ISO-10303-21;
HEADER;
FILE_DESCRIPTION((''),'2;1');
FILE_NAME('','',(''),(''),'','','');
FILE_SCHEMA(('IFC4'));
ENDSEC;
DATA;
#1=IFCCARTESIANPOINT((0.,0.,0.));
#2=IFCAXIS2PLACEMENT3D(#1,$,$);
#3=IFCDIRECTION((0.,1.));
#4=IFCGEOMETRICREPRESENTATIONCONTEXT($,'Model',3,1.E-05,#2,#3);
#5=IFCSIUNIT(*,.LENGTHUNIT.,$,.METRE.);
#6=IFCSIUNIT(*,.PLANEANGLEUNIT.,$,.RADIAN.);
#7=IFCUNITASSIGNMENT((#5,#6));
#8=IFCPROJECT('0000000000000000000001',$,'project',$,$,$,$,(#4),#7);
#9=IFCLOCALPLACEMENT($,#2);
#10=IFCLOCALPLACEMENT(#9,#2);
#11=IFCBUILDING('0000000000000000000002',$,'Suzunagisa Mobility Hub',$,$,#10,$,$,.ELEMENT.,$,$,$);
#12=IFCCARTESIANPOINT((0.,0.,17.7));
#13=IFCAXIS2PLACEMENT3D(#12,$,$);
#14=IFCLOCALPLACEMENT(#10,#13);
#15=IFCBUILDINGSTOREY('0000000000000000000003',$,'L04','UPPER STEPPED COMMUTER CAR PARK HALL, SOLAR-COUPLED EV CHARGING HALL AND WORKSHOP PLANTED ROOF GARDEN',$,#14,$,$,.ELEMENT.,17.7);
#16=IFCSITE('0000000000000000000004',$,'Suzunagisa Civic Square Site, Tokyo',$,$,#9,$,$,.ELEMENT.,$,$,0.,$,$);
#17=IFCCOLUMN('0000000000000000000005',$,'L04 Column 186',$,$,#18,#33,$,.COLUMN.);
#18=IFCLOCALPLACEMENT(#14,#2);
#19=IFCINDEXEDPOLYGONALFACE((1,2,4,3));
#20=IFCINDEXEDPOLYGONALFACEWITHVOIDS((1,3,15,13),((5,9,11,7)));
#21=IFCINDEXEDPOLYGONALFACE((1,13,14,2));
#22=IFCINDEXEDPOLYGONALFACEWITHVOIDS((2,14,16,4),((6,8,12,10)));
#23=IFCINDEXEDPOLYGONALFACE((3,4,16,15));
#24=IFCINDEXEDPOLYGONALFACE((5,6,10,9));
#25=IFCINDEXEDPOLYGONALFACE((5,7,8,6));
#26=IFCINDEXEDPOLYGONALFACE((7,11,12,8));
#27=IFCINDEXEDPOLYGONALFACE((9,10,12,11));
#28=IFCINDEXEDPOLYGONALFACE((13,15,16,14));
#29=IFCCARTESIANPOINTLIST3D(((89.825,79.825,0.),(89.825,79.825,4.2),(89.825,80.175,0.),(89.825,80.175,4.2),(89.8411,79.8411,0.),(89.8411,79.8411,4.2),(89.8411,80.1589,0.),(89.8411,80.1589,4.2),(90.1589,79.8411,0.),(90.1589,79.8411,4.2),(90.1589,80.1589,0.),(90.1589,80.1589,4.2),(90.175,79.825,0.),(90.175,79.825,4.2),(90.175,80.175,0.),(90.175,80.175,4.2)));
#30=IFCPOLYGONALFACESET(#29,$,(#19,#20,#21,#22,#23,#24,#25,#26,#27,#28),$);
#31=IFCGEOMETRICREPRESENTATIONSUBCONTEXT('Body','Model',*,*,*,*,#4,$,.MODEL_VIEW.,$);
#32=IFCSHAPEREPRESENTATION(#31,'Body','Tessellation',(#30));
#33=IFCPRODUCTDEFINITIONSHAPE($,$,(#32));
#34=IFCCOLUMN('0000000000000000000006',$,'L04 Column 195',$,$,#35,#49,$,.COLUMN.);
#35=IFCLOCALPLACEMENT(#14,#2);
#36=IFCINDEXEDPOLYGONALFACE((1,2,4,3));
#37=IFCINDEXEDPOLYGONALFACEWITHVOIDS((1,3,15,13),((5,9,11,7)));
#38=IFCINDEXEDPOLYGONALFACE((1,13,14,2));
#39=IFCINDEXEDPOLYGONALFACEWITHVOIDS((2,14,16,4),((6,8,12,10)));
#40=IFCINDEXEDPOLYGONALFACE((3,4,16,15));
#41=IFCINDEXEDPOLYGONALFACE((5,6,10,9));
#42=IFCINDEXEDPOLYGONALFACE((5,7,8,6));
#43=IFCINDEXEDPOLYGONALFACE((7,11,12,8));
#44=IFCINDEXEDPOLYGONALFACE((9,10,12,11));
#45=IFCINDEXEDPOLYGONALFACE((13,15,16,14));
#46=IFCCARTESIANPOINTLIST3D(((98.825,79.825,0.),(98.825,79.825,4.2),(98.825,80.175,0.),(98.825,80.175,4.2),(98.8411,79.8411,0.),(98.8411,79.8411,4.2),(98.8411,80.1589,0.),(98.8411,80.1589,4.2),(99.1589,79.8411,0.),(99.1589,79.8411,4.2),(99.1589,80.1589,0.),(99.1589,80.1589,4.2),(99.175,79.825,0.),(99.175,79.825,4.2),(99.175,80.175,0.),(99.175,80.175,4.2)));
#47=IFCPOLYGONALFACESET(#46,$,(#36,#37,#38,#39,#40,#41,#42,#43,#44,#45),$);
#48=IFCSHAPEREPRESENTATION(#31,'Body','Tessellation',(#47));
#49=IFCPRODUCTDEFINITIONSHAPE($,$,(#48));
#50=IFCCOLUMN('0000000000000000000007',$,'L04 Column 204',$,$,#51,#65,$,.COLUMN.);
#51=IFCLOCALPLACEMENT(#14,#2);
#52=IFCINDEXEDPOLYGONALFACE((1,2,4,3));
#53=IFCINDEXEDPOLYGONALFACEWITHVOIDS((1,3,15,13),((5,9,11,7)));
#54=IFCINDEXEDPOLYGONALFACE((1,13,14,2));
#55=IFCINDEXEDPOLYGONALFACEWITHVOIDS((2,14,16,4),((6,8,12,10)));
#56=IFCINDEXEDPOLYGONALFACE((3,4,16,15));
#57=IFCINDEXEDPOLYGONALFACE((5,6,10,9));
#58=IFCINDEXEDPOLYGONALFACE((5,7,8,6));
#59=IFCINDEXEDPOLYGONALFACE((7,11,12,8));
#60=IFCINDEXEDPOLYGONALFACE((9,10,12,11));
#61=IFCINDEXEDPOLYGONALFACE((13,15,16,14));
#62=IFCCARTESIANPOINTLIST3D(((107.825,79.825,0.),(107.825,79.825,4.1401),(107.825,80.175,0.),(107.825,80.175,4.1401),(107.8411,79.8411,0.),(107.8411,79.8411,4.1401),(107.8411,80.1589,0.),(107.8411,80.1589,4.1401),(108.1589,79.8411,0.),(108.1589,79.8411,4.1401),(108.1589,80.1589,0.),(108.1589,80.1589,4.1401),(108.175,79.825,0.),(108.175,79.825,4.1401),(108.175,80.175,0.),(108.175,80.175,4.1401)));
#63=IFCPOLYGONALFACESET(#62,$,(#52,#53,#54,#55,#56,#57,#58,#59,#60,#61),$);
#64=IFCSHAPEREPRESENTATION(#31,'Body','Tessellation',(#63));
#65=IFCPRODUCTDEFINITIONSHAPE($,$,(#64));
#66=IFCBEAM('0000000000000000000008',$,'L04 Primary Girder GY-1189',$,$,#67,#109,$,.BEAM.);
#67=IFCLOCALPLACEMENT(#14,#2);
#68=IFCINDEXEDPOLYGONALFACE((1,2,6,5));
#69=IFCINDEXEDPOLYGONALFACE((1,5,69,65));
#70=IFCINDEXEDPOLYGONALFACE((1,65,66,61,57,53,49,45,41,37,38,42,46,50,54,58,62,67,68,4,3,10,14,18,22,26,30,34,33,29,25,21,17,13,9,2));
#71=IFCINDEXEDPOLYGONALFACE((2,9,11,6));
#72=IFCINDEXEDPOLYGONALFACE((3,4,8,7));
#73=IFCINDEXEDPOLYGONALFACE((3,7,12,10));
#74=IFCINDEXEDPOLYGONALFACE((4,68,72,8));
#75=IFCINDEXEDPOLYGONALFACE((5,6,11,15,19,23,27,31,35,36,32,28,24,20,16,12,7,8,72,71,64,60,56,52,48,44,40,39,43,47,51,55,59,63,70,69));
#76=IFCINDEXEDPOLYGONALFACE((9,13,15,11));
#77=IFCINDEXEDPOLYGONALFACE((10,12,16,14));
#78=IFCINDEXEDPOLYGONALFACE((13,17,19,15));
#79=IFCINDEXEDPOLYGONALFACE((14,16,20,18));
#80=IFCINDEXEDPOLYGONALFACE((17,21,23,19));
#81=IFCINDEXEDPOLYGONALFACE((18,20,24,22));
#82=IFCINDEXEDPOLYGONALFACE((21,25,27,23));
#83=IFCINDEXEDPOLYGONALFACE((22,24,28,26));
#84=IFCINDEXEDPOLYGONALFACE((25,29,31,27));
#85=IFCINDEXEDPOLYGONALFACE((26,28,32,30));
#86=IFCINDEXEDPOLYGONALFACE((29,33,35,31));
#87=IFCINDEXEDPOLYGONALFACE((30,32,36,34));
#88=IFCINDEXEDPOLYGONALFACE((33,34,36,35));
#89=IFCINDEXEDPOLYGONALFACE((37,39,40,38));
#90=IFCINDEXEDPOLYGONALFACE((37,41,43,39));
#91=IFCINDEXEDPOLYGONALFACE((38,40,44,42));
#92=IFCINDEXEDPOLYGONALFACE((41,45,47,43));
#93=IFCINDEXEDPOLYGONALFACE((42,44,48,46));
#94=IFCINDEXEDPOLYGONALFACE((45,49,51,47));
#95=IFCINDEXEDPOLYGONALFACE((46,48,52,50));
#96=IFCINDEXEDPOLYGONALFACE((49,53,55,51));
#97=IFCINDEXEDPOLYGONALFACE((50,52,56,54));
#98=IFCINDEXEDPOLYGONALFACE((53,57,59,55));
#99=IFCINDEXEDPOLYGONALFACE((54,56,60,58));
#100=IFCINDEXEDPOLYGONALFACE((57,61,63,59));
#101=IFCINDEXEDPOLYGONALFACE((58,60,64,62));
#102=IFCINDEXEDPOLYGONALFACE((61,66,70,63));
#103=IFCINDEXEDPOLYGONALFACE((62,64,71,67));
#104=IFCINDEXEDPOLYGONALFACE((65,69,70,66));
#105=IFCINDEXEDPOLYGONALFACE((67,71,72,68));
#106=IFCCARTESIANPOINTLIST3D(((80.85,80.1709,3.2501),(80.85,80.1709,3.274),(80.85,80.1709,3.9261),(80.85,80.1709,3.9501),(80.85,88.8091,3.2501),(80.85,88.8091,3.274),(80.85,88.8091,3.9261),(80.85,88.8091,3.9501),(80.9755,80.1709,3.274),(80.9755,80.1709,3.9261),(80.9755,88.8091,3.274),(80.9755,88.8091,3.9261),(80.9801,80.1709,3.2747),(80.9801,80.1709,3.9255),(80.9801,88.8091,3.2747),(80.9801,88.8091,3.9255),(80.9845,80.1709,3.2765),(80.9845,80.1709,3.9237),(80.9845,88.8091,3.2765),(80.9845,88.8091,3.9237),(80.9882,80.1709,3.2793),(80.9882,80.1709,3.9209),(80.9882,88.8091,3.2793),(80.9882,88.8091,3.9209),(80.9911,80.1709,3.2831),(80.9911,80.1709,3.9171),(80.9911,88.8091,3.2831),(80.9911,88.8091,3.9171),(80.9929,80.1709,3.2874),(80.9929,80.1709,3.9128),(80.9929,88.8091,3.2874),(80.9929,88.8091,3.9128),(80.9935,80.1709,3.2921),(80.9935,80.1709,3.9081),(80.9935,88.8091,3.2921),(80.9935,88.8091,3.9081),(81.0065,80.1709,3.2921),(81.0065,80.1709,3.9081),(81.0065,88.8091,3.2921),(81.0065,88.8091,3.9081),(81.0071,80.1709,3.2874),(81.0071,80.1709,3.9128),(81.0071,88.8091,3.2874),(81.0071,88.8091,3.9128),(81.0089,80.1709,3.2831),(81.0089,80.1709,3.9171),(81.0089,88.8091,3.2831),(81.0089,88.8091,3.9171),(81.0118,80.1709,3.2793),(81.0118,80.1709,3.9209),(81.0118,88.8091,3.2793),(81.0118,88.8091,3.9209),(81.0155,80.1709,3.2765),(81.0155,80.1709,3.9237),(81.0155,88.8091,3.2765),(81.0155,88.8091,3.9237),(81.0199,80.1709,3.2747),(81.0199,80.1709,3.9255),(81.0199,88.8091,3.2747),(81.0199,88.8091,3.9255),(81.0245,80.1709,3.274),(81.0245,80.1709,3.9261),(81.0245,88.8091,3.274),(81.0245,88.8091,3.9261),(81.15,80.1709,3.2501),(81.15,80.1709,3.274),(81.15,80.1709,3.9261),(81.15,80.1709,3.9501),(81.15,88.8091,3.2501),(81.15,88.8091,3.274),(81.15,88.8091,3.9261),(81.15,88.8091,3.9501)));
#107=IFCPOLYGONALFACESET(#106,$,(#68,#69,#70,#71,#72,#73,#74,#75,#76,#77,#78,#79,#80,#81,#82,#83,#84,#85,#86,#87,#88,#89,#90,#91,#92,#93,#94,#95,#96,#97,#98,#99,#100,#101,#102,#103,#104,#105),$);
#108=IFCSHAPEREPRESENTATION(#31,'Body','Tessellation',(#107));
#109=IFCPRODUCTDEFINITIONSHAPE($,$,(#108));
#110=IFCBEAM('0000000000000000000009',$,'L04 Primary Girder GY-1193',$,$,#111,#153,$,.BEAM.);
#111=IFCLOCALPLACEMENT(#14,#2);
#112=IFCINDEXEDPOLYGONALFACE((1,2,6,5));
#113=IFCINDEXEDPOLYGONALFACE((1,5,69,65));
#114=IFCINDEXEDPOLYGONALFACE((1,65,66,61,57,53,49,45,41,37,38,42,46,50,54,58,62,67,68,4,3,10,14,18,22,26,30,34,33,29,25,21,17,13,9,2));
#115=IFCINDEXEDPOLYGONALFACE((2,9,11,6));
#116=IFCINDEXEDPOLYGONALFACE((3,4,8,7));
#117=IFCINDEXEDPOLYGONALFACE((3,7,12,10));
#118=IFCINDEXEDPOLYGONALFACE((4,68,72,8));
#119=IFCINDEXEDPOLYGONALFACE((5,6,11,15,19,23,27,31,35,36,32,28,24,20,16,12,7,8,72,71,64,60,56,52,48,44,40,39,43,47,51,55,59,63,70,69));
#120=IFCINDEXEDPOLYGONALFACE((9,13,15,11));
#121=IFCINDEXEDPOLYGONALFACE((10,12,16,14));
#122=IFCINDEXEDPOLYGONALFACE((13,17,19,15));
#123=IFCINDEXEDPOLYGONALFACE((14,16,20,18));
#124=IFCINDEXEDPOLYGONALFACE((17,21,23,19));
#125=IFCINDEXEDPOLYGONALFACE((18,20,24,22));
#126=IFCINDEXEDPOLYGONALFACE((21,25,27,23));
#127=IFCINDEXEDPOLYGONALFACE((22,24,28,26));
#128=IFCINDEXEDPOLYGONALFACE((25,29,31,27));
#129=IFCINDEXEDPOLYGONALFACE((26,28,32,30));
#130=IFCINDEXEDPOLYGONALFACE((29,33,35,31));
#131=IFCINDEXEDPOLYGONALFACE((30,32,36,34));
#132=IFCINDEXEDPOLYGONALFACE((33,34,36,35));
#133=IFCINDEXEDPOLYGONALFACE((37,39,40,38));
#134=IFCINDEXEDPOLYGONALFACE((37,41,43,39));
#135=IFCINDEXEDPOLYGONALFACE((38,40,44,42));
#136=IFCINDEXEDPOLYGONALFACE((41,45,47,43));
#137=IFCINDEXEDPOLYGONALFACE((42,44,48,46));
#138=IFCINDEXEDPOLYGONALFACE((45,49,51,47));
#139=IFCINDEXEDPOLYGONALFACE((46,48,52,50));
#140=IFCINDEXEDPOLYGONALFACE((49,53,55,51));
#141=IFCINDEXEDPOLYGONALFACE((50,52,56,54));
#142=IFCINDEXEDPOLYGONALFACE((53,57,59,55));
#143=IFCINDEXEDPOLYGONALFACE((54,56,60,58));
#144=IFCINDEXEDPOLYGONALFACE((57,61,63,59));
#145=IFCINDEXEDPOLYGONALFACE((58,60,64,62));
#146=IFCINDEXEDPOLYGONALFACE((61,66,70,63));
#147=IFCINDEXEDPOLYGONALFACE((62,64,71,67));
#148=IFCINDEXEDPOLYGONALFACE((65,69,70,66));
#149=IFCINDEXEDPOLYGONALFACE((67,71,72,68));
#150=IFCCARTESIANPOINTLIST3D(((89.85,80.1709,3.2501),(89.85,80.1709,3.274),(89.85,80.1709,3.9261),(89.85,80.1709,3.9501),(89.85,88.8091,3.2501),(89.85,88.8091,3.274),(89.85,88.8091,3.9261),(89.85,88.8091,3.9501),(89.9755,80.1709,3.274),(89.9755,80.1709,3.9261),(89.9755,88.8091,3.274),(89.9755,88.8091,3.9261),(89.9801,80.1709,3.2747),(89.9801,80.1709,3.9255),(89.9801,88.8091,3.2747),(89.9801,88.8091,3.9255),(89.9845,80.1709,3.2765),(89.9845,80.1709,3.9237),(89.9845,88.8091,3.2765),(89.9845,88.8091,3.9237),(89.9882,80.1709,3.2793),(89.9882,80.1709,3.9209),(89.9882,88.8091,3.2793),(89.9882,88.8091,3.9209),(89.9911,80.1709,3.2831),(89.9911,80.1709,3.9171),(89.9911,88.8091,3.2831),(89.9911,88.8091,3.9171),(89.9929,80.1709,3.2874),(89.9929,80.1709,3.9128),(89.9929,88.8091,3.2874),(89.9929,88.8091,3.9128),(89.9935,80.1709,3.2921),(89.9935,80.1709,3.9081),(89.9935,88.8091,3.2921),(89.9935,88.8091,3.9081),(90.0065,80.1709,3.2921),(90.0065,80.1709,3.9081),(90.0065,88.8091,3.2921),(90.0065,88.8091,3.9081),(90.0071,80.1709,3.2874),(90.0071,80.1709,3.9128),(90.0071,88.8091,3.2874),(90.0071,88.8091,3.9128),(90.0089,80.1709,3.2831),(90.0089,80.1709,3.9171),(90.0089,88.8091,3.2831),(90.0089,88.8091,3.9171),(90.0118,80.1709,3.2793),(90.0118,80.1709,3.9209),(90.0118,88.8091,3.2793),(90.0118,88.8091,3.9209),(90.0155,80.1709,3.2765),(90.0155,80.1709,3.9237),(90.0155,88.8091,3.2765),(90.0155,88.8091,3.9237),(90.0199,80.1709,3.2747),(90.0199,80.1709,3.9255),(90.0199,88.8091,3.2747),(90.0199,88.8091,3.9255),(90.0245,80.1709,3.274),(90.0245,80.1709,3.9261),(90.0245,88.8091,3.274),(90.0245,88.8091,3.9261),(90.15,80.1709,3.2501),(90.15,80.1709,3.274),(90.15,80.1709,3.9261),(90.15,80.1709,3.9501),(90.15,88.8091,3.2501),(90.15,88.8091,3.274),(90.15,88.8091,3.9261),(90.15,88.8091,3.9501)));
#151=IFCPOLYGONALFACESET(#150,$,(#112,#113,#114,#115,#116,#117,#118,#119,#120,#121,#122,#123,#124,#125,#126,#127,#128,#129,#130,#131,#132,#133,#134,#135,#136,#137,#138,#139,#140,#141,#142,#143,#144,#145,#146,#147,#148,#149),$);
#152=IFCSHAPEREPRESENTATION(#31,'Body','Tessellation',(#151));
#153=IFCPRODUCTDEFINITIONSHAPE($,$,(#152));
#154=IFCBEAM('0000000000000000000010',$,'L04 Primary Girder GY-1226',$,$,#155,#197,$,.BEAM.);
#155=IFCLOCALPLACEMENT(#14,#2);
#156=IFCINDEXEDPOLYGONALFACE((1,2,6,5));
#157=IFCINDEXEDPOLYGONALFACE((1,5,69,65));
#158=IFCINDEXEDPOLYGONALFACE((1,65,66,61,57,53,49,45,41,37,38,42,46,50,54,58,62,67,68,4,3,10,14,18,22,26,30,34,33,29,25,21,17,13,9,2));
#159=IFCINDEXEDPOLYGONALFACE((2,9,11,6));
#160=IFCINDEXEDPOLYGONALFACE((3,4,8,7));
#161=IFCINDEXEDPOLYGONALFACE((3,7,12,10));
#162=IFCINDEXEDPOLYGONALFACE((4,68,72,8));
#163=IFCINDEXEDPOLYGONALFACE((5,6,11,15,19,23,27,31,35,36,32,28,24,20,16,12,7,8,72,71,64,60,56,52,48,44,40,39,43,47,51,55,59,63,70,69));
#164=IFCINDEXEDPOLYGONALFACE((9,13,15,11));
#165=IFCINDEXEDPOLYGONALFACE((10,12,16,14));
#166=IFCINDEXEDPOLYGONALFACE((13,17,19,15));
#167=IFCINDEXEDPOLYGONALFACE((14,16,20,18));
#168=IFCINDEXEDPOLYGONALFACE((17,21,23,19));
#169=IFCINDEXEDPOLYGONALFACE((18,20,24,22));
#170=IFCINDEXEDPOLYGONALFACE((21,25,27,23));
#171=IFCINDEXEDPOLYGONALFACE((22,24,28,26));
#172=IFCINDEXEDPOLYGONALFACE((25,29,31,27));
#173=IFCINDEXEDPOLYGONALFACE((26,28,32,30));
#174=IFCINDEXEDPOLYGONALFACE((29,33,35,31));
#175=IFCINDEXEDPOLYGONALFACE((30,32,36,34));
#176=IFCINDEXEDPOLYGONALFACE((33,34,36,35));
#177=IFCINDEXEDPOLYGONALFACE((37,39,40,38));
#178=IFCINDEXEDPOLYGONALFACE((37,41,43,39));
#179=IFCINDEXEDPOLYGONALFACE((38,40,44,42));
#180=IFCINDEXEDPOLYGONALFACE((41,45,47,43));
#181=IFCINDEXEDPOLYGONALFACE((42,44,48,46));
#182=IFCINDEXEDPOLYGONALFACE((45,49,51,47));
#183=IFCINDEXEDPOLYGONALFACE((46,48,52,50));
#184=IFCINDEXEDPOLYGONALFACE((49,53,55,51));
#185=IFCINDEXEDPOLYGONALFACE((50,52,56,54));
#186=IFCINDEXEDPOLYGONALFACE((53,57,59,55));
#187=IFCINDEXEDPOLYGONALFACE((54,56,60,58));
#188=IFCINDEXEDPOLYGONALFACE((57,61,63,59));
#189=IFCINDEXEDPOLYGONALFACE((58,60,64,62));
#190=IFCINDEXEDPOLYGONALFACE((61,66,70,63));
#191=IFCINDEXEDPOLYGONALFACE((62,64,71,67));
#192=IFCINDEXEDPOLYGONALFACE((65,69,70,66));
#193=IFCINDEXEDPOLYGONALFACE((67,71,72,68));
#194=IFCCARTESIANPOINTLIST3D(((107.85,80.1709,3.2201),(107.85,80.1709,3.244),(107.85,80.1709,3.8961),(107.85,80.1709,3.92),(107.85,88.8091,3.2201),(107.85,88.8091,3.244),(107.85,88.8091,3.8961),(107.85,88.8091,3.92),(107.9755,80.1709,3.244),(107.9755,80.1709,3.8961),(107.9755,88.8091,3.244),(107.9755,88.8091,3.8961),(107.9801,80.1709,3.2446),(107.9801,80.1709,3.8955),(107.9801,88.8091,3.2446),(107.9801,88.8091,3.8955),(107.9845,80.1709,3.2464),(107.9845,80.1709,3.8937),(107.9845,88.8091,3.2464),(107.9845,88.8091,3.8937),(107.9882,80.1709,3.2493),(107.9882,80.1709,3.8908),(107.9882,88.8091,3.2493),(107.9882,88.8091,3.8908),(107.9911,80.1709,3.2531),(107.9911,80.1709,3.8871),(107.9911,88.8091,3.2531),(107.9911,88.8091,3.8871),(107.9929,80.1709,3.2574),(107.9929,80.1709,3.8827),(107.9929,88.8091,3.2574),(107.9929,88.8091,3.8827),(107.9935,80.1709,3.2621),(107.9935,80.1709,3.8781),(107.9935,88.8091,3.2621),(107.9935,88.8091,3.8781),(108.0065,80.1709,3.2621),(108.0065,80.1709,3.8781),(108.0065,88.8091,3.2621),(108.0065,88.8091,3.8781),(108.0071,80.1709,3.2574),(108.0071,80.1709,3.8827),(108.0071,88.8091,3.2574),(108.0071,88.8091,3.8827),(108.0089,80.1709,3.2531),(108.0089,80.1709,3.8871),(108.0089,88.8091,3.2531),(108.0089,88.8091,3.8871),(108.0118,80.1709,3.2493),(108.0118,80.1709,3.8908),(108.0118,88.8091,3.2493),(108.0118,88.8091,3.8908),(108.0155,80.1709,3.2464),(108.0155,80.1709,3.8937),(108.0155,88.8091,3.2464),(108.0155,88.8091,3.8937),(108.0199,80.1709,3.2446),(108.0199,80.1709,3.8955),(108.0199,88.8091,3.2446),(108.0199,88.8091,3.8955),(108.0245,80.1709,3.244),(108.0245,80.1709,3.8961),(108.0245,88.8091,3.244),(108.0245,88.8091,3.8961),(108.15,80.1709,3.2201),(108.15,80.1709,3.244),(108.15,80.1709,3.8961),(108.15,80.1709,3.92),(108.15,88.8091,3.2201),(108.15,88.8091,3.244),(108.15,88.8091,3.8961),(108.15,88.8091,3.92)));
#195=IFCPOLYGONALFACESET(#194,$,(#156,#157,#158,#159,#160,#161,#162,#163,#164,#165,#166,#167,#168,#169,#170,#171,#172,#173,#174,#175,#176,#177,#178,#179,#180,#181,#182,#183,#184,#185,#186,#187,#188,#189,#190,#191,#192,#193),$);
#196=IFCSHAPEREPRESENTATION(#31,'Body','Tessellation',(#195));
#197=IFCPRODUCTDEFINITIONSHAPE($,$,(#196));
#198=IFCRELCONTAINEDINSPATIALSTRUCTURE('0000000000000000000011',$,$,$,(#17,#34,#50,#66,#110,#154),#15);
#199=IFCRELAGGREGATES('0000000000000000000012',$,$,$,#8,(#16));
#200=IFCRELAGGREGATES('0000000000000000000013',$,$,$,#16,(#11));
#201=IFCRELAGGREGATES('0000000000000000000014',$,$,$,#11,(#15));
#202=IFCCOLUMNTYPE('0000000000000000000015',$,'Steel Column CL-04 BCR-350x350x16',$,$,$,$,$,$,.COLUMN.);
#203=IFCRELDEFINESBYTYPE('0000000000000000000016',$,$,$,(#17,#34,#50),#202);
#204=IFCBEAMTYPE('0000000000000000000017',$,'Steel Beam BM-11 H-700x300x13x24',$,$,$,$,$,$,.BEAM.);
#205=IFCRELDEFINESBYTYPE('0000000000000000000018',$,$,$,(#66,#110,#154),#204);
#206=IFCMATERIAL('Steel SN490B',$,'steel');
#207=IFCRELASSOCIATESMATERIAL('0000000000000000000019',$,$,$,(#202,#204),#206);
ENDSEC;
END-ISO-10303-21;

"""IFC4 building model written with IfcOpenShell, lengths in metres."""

from ifc_helpers import new_model, si_unit, direction, frame, origin, origin_2d, place, context, subcontext, project, spatial, hollow_rectangle, i_section, extrude, material, material_profile, profile_set, type_object, element, save


model = new_model("IFC4")

# Units and contexts
model_context = context("Model", 3, precision=1e-05, world=origin(), true_north=direction((0.0, 1.0)))
body_context = subcontext(model_context, "Body", "Model", "MODEL_VIEW")
ifc_project = project(units=[si_unit("LENGTHUNIT", "METRE"), si_unit("PLANEANGLEUNIT", "RADIAN")], contexts=[model_context])

# Site, building, storey
site_placement = place(None, origin())
site = spatial("IfcSite", under=ifc_project, at=site_placement, Name="Suzunagisa Civic Square Site, Tokyo", CompositionType="ELEMENT", RefElevation=0.0)
building_placement = place(site_placement, origin())
building = spatial("IfcBuilding", under=site, at=building_placement, Name="Suzunagisa Mobility Hub", CompositionType="ELEMENT")
storey_placement = place(building_placement, frame((0.0, 0.0, 17.7)))
storey = spatial("IfcBuildingStorey", under=building, at=storey_placement, Name="L04", Description="UPPER STEPPED COMMUTER CAR PARK HALL, SOLAR-COUPLED EV CHARGING HALL AND WORKSHOP PLANTED ROOF GARDEN", CompositionType="ELEMENT", Elevation=17.7)

# Columns
ifc_material_1 = material(Name="Steel SN490B", Category="steel")
ifc_material_profile_1 = material_profile(ifc_material_1, hollow_rectangle(XDim=0.3501, YDim=0.3501, WallThickness=0.0161, at=origin_2d()), Name="BCR-350x350x16")
ifc_profile_set_1 = profile_set([ifc_material_profile_1], Name="Steel SN490B")
column_type = type_object("IfcColumnType", Name="Steel Column CL-04 BCR-350x350x16", PredefinedType="COLUMN", material=ifc_profile_set_1)
for number, where, z_axis, x_axis, name in (
    (1, (90.0, 80.0, 0.0), (0.0, 0.0, 1.0), (1.0, 0.0, 0.0), "L04 Column 186"),
    (2, (99.0, 80.0, 0.0), (0.0, 0.0, 1.0), (1.0, 0.0, 0.0), "L04 Column 195"),
):
    element("IfcColumn", number, at=place(storey_placement, frame(where, z_axis=z_axis, x_axis=x_axis)), inside=storey, type_object=column_type, Name=name, PredefinedType="COLUMN", context=body_context, shape_type="SweptSolid", body=[
        extrude(hollow_rectangle(XDim=0.3501, YDim=0.3501, WallThickness=0.0161, at=origin_2d()), origin(), (0.0, 0.0, 1.0), 4.2),
    ])
column_placement = place(storey_placement, frame((108.0, 80.0, 0.0), z_axis=(0.0, 0.0, 1.0), x_axis=(1.0, 0.0, 0.0)))
element("IfcColumn", 3, at=column_placement, inside=storey, type_object=column_type, Name="L04 Column 204", PredefinedType="COLUMN", context=body_context, shape_type="SweptSolid", body=[
    extrude(hollow_rectangle(XDim=0.3501, YDim=0.3501, WallThickness=0.0161, at=origin_2d()), origin(), (0.0, 0.0, 1.0), 4.1401),
])

# Beams
ifc_material_profile_2 = material_profile(ifc_material_1, i_section(OverallWidth=0.3, OverallDepth=0.7, WebThickness=0.0129, FlangeThickness=0.0239, FilletRadius=0.0181, at=origin_2d()), Name="H-700x300x13x24")
ifc_profile_set_2 = profile_set([ifc_material_profile_2], Name="Steel SN490B")
beam_type_1 = type_object("IfcBeamType", Name="Steel Beam BM-11 H-700x300x13x24", PredefinedType="BEAM", material=ifc_profile_set_2)
for number, where, z_axis, x_axis, name in (
    (4, (81.0, 80.1709, 3.6001), (0.0, 1.0, 0.0), (-1.0, 0.0, 0.0), "L04 Primary Girder GY-1189"),
    (5, (90.0, 80.1709, 3.6001), (0.0, 1.0, 0.0), (-1.0, 0.0, 0.0), "L04 Primary Girder GY-1193"),
    (6, (108.0, 80.1709, 3.5701), (0.0, 1.0, 0.0), (-1.0, 0.0, 0.0), "L04 Primary Girder GY-1226"),
):
    element("IfcBeam", number, at=place(storey_placement, frame(where, z_axis=z_axis, x_axis=x_axis)), inside=storey, type_object=beam_type_1, Name=name, PredefinedType="BEAM", context=body_context, shape_type="SweptSolid", body=[
        extrude(i_section(OverallWidth=0.3, OverallDepth=0.7, WebThickness=0.0129, FlangeThickness=0.0239, FilletRadius=0.0181, at=origin_2d()), origin(), (0.0, 0.0, 1.0), 8.6382),
    ])

save(model, "model.ifc")
